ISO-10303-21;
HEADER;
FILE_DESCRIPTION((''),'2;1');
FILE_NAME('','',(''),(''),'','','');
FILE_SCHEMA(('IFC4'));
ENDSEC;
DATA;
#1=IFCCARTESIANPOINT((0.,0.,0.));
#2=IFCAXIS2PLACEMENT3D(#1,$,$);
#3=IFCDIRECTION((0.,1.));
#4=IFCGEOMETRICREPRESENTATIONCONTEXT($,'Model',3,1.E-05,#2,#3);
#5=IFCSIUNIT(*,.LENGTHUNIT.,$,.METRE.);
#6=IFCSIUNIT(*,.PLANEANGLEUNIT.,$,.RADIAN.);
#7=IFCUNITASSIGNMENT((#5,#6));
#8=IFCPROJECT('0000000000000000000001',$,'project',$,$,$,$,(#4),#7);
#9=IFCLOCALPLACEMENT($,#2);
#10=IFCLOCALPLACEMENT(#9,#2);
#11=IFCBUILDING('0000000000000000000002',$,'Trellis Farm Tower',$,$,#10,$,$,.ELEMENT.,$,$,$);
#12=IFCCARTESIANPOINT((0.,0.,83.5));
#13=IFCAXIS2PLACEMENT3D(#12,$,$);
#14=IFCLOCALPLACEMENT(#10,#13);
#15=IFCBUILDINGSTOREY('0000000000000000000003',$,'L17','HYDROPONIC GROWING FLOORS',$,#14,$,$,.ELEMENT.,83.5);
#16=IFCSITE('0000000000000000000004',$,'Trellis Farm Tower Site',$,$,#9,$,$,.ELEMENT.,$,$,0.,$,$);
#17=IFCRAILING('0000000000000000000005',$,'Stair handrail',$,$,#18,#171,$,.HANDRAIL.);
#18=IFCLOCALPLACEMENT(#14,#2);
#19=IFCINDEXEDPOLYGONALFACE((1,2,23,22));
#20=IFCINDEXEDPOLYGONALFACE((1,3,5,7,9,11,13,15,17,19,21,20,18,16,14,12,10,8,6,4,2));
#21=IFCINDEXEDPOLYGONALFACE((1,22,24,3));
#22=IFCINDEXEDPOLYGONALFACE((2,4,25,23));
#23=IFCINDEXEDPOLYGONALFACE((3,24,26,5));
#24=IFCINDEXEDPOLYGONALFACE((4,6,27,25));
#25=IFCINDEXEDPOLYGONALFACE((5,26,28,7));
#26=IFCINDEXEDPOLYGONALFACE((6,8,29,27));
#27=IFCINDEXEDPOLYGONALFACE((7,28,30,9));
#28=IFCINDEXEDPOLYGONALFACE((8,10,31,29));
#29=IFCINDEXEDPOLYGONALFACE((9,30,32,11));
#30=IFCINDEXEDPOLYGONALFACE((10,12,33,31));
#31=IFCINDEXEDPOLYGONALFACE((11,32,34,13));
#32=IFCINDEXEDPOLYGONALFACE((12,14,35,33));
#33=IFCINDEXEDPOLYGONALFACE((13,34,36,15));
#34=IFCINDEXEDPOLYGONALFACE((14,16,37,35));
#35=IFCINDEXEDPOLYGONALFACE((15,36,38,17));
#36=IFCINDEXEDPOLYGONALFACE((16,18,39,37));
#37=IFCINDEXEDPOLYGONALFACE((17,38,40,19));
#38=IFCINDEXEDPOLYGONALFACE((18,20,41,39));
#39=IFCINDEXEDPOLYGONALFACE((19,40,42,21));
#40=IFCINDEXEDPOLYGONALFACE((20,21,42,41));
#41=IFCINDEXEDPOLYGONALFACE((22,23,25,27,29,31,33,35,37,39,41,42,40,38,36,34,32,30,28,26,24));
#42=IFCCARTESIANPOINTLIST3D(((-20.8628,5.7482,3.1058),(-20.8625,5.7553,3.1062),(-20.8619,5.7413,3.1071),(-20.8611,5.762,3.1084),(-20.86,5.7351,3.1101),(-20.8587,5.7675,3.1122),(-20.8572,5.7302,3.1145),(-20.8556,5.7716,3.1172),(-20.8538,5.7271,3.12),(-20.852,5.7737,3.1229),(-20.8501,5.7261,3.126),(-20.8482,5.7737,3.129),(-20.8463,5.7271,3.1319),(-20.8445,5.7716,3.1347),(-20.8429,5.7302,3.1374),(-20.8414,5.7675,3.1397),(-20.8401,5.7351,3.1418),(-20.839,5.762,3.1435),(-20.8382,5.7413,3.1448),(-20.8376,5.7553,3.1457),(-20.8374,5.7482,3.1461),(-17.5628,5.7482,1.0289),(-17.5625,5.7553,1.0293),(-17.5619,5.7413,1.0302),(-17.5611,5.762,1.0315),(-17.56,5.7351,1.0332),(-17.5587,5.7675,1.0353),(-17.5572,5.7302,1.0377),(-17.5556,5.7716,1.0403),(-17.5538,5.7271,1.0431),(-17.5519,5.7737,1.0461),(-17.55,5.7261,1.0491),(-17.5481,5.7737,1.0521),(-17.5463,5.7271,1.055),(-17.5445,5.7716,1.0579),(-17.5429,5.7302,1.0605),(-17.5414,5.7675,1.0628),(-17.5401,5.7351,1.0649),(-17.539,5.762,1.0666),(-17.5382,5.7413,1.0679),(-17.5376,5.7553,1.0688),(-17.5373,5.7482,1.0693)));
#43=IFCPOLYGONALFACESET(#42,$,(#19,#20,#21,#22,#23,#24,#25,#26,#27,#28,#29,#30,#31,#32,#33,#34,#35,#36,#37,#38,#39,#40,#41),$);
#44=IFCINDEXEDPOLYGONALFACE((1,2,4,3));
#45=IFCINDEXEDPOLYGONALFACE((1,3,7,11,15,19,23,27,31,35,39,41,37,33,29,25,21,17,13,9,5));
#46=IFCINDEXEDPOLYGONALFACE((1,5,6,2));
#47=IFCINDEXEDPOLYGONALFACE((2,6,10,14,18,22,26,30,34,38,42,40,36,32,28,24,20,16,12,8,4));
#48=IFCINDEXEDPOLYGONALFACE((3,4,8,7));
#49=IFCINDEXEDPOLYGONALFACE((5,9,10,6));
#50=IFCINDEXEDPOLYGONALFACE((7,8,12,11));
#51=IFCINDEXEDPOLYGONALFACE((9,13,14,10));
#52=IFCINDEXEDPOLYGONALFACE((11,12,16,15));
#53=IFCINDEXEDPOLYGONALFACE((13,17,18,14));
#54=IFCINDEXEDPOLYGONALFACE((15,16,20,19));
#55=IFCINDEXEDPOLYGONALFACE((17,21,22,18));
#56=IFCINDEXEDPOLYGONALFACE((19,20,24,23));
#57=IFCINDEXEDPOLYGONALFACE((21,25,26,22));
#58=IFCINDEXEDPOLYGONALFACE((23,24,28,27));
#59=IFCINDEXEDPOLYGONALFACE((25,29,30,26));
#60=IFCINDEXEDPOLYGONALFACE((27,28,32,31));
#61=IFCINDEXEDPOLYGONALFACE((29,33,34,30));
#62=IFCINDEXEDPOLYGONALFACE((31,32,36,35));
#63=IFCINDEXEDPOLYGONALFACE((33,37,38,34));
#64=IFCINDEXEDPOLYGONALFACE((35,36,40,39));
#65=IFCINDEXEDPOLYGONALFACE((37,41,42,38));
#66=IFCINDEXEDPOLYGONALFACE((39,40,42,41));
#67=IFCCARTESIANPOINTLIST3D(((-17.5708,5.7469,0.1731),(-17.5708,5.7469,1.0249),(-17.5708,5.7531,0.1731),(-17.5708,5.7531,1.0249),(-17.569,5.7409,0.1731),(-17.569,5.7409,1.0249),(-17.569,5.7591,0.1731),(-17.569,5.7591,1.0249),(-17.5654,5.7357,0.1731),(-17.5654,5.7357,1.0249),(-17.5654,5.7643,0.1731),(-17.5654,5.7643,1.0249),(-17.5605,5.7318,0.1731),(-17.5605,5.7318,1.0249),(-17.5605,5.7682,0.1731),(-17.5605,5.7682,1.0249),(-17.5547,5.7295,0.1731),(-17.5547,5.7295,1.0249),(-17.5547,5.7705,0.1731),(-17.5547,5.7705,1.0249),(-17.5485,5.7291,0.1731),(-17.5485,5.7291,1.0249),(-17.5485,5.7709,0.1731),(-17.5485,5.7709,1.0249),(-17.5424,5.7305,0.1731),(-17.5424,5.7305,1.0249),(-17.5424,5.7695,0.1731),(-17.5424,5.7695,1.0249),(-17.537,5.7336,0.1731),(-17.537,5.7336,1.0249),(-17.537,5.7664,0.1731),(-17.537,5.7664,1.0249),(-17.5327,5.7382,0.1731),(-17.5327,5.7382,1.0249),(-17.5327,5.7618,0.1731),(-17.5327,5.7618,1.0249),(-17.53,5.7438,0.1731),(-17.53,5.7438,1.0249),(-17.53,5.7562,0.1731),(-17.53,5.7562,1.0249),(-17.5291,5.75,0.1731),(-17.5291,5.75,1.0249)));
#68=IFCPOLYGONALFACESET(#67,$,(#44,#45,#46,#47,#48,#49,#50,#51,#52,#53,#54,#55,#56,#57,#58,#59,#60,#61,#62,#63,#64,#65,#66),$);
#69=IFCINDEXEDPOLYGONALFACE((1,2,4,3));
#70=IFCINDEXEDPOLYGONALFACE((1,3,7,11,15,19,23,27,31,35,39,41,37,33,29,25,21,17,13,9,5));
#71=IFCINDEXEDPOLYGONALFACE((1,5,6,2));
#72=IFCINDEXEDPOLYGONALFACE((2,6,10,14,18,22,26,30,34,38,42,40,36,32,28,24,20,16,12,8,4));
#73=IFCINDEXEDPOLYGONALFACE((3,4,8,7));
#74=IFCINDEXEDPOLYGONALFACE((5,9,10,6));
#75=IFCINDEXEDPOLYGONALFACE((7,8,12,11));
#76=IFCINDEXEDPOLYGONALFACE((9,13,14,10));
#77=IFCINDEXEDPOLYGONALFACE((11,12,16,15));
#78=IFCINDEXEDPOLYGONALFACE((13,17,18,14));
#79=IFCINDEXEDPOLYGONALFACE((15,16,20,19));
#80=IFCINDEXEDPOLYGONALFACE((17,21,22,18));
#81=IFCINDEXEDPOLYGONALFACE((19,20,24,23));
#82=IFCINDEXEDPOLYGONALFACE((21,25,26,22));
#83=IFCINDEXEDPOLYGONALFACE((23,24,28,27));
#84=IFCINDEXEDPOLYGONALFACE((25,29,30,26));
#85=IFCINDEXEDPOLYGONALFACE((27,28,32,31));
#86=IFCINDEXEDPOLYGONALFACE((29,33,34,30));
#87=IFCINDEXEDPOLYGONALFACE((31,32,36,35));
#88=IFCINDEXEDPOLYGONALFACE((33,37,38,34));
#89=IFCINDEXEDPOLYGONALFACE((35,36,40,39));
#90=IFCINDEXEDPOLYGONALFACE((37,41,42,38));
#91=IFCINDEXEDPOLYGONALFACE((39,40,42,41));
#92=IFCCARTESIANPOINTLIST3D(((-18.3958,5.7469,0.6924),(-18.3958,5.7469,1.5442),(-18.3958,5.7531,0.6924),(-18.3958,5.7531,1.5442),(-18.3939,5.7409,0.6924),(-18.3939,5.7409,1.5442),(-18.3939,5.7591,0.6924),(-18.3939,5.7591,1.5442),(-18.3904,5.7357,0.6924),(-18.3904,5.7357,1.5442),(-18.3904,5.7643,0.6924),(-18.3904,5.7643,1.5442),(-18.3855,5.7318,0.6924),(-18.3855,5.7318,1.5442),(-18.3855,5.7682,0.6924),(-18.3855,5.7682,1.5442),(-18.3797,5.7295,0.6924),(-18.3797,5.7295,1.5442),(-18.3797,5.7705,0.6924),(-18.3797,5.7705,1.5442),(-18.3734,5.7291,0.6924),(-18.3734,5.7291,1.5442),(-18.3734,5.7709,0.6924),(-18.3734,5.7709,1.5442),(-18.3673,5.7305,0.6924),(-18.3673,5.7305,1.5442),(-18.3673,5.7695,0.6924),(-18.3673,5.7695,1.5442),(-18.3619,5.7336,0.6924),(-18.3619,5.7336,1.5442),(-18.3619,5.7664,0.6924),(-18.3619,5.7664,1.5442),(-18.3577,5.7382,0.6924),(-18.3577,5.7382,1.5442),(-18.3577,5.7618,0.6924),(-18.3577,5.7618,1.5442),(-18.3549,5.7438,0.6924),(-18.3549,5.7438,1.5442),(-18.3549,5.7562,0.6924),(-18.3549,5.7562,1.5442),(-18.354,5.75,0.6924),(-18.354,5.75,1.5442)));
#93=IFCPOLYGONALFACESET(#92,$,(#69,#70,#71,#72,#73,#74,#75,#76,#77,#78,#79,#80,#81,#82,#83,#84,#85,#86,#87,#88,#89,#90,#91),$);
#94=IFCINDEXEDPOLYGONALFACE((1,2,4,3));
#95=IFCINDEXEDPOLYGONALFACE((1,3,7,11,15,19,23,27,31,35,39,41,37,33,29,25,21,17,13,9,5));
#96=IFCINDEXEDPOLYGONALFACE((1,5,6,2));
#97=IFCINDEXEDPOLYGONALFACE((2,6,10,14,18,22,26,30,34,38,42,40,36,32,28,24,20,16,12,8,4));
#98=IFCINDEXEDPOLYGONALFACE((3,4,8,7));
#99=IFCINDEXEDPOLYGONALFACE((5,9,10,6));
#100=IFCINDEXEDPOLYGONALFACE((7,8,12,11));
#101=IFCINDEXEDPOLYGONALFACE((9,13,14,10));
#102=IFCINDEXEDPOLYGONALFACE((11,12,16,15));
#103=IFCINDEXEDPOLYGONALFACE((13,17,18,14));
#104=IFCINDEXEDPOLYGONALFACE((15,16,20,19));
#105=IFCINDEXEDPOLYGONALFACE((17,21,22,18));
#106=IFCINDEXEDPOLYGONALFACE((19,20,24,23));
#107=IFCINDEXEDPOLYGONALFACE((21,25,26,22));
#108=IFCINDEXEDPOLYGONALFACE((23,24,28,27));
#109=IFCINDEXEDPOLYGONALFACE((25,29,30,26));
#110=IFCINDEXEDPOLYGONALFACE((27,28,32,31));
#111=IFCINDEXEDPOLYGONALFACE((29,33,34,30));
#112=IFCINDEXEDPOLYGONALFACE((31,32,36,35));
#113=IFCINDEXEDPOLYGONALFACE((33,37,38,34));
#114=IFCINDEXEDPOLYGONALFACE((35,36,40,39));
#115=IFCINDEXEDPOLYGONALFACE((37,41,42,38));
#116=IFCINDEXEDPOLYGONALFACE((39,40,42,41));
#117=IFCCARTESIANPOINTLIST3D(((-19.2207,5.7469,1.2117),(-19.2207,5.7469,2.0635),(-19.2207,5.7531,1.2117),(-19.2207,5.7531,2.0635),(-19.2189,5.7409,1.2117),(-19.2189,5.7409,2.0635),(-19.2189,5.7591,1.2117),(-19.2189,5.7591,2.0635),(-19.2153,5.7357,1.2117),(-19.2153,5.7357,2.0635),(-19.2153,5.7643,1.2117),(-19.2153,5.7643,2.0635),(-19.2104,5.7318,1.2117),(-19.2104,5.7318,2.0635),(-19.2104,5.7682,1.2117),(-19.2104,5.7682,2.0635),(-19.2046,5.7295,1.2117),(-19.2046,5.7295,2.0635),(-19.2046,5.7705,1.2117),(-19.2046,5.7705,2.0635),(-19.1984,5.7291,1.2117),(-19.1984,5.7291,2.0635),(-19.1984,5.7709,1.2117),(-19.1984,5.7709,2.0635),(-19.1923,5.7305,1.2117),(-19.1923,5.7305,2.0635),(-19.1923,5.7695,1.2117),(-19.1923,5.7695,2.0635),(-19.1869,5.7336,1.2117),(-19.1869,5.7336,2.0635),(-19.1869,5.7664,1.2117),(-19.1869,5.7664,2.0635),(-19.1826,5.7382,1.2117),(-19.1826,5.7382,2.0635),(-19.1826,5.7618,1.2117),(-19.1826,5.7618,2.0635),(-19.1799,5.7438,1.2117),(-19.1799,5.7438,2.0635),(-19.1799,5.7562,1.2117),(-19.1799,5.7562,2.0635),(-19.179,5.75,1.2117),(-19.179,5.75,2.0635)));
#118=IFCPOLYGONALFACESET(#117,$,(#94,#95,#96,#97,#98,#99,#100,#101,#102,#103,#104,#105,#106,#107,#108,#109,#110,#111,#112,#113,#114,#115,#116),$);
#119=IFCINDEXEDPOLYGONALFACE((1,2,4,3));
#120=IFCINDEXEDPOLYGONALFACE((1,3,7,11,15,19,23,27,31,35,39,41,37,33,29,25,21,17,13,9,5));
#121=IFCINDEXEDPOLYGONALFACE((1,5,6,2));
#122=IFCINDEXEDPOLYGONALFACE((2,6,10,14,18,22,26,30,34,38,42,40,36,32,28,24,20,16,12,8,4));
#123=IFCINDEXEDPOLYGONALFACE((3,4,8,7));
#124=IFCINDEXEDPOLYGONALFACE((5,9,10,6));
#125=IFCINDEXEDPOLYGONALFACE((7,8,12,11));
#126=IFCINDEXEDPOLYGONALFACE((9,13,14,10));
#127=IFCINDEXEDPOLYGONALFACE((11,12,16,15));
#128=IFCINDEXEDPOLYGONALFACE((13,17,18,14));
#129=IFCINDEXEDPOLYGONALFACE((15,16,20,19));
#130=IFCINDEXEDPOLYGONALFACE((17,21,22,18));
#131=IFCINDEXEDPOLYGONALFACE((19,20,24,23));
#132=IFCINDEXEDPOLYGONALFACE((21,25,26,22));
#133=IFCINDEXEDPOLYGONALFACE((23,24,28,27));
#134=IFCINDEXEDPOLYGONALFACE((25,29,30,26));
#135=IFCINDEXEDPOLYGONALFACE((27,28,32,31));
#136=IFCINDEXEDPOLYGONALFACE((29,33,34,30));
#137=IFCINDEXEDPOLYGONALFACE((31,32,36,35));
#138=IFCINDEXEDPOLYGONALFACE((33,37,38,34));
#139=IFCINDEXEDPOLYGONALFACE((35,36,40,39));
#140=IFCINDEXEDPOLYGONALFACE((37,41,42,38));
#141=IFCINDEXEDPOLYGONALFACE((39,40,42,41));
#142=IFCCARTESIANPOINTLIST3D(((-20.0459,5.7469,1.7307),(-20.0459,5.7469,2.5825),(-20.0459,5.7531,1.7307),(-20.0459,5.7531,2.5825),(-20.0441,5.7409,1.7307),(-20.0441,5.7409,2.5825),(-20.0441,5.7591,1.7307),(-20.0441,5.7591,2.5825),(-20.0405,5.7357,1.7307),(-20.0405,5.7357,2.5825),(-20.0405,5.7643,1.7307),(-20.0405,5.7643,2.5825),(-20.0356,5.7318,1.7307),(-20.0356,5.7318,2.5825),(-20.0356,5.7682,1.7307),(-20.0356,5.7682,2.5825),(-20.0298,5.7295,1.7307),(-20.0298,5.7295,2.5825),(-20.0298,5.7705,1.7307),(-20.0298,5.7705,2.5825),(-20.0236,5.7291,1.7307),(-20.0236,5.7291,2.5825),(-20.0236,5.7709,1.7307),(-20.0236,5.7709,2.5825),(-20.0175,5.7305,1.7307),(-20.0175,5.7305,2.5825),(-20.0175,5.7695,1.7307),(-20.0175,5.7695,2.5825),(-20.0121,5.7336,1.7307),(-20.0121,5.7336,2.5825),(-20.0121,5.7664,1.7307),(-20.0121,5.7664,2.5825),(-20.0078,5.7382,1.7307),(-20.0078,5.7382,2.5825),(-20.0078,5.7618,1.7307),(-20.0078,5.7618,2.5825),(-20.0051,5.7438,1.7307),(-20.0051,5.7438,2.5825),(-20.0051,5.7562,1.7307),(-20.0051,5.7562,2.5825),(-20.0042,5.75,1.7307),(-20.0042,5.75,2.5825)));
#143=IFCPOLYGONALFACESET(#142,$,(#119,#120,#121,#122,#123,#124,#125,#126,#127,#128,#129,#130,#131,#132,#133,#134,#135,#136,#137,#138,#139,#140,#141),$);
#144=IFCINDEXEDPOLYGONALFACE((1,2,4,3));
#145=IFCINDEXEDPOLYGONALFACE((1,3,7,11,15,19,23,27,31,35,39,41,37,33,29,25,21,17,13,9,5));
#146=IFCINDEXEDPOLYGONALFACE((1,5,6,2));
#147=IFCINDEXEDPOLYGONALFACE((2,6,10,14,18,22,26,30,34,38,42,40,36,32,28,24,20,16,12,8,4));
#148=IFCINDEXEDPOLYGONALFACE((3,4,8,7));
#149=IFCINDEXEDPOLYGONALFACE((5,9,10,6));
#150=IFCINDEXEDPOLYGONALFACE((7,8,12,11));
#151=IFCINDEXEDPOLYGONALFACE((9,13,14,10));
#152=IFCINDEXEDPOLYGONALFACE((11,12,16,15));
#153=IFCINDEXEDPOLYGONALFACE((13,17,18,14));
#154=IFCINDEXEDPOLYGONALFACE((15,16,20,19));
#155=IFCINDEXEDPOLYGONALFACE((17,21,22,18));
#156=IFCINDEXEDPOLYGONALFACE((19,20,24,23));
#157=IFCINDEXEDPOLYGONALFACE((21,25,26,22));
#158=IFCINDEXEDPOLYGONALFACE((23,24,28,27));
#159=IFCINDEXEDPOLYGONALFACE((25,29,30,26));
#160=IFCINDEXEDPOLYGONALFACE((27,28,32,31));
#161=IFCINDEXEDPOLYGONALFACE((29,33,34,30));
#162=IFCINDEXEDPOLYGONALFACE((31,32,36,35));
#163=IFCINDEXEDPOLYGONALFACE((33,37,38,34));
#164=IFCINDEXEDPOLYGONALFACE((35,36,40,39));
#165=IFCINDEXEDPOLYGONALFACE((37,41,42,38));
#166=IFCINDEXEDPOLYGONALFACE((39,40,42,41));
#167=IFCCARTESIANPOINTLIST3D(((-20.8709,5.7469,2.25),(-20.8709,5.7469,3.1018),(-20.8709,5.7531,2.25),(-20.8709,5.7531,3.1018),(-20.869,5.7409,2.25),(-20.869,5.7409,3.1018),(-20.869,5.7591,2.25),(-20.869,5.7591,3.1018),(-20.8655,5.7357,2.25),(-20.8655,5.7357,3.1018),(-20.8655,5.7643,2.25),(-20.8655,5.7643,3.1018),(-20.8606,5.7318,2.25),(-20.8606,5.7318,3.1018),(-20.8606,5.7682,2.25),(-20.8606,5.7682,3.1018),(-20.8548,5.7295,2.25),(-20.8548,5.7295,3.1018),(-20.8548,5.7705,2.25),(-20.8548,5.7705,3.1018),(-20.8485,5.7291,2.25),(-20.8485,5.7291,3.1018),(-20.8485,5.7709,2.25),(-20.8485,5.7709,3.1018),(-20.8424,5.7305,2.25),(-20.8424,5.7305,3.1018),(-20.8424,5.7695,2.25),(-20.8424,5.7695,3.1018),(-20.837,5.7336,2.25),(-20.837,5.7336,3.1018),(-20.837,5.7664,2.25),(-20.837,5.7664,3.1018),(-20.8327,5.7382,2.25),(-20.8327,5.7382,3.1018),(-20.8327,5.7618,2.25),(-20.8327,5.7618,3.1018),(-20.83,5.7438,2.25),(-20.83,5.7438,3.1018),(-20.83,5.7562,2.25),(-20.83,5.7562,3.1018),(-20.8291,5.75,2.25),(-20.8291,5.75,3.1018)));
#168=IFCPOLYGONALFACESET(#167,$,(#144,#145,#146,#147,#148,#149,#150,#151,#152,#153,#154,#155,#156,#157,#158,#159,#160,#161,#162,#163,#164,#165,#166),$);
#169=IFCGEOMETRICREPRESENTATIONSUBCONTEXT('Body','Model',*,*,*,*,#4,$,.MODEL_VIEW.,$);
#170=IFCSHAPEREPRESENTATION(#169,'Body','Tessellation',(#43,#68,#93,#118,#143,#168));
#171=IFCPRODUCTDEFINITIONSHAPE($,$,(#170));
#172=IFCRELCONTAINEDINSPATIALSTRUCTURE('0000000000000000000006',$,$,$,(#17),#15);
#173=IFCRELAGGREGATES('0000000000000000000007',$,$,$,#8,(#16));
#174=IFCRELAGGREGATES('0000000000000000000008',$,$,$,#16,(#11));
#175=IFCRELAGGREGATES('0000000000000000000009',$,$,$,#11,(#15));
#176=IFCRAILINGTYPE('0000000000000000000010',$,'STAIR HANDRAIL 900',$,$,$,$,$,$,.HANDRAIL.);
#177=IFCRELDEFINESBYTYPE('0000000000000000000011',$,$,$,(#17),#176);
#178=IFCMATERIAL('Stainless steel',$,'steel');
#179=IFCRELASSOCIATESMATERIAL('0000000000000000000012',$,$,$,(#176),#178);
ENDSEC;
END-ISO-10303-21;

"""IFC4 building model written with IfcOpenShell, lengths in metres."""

from ifc_helpers import new_model, si_unit, direction, frame, origin, origin_2d, place, context, subcontext, project, spatial, circle, extrude, source, transform, mapped, material, type_object, element, save


model = new_model("IFC4")

# Units and contexts
model_context = context("Model", 3, precision=1e-05, world=origin(), true_north=direction((0.0, 1.0)))
body_context = subcontext(model_context, "Body", "Model", "MODEL_VIEW")
ifc_project = project(units=[si_unit("LENGTHUNIT", "METRE"), si_unit("PLANEANGLEUNIT", "RADIAN")], contexts=[model_context])

# Site, building, storey
site_placement = place(None, origin())
site = spatial("IfcSite", under=ifc_project, at=site_placement, Name="Trellis Farm Tower Site", CompositionType="ELEMENT", RefElevation=0.0)
building_placement = place(site_placement, origin())
building = spatial("IfcBuilding", under=site, at=building_placement, Name="Trellis Farm Tower", CompositionType="ELEMENT")
storey_placement = place(building_placement, frame((0.0, 0.0, 83.5)))
storey = spatial("IfcBuildingStorey", under=building, at=storey_placement, Name="L17", Description="HYDROPONIC GROWING FLOORS", CompositionType="ELEMENT", Elevation=83.5)

# Railing
ifc_material_1 = material(Name="Stainless steel", Category="steel")
railing_type = type_object("IfcRailingType", Name="STAIR HANDRAIL 900", PredefinedType="HANDRAIL", material=ifc_material_1)
shared_shape_1 = source(origin(), body_context, "Body", "SweptSolid", [
    extrude(circle(Radius=0.0239, at=origin_2d()), frame((0.0, 0.0, 0.876), z_axis=(-0.846337, 0.0, 0.532647), x_axis=(0.0, -1.0, 0.0)), (0.0, 0.0, 1.0), 3.8992),
    extrude(circle(Radius=0.021, at=origin_2d()), origin(), (0.0, 0.0, 1.0), 0.8518),
    extrude(circle(Radius=0.021, at=origin_2d()), frame((-0.825, 0.0, 0.5193)), (0.0, 0.0, 1.0), 0.8518),
    extrude(circle(Radius=0.021, at=origin_2d()), frame((-1.6499, 0.0, 1.0386)), (0.0, 0.0, 1.0), 0.8518),
    extrude(circle(Radius=0.021, at=origin_2d()), frame((-2.4751, 0.0, 1.5576)), (0.0, 0.0, 1.0), 0.8518),
    extrude(circle(Radius=0.021, at=origin_2d()), frame((-3.3, 0.0, 2.0769)), (0.0, 0.0, 1.0), 0.8518),
])
for number, where, name in (
    (1, (-17.55, 5.75, 0.1731), "Stair handrail"),
):
    element("IfcRailing", number, at=place(storey_placement, frame(where)), inside=storey, type_object=railing_type, Name=name, PredefinedType="HANDRAIL", context=body_context, shape_type="MappedRepresentation", body=[
        mapped(shared_shape_1, transform((0.0, 0.0, 0.0))),
    ])

save(model, "model.ifc")
